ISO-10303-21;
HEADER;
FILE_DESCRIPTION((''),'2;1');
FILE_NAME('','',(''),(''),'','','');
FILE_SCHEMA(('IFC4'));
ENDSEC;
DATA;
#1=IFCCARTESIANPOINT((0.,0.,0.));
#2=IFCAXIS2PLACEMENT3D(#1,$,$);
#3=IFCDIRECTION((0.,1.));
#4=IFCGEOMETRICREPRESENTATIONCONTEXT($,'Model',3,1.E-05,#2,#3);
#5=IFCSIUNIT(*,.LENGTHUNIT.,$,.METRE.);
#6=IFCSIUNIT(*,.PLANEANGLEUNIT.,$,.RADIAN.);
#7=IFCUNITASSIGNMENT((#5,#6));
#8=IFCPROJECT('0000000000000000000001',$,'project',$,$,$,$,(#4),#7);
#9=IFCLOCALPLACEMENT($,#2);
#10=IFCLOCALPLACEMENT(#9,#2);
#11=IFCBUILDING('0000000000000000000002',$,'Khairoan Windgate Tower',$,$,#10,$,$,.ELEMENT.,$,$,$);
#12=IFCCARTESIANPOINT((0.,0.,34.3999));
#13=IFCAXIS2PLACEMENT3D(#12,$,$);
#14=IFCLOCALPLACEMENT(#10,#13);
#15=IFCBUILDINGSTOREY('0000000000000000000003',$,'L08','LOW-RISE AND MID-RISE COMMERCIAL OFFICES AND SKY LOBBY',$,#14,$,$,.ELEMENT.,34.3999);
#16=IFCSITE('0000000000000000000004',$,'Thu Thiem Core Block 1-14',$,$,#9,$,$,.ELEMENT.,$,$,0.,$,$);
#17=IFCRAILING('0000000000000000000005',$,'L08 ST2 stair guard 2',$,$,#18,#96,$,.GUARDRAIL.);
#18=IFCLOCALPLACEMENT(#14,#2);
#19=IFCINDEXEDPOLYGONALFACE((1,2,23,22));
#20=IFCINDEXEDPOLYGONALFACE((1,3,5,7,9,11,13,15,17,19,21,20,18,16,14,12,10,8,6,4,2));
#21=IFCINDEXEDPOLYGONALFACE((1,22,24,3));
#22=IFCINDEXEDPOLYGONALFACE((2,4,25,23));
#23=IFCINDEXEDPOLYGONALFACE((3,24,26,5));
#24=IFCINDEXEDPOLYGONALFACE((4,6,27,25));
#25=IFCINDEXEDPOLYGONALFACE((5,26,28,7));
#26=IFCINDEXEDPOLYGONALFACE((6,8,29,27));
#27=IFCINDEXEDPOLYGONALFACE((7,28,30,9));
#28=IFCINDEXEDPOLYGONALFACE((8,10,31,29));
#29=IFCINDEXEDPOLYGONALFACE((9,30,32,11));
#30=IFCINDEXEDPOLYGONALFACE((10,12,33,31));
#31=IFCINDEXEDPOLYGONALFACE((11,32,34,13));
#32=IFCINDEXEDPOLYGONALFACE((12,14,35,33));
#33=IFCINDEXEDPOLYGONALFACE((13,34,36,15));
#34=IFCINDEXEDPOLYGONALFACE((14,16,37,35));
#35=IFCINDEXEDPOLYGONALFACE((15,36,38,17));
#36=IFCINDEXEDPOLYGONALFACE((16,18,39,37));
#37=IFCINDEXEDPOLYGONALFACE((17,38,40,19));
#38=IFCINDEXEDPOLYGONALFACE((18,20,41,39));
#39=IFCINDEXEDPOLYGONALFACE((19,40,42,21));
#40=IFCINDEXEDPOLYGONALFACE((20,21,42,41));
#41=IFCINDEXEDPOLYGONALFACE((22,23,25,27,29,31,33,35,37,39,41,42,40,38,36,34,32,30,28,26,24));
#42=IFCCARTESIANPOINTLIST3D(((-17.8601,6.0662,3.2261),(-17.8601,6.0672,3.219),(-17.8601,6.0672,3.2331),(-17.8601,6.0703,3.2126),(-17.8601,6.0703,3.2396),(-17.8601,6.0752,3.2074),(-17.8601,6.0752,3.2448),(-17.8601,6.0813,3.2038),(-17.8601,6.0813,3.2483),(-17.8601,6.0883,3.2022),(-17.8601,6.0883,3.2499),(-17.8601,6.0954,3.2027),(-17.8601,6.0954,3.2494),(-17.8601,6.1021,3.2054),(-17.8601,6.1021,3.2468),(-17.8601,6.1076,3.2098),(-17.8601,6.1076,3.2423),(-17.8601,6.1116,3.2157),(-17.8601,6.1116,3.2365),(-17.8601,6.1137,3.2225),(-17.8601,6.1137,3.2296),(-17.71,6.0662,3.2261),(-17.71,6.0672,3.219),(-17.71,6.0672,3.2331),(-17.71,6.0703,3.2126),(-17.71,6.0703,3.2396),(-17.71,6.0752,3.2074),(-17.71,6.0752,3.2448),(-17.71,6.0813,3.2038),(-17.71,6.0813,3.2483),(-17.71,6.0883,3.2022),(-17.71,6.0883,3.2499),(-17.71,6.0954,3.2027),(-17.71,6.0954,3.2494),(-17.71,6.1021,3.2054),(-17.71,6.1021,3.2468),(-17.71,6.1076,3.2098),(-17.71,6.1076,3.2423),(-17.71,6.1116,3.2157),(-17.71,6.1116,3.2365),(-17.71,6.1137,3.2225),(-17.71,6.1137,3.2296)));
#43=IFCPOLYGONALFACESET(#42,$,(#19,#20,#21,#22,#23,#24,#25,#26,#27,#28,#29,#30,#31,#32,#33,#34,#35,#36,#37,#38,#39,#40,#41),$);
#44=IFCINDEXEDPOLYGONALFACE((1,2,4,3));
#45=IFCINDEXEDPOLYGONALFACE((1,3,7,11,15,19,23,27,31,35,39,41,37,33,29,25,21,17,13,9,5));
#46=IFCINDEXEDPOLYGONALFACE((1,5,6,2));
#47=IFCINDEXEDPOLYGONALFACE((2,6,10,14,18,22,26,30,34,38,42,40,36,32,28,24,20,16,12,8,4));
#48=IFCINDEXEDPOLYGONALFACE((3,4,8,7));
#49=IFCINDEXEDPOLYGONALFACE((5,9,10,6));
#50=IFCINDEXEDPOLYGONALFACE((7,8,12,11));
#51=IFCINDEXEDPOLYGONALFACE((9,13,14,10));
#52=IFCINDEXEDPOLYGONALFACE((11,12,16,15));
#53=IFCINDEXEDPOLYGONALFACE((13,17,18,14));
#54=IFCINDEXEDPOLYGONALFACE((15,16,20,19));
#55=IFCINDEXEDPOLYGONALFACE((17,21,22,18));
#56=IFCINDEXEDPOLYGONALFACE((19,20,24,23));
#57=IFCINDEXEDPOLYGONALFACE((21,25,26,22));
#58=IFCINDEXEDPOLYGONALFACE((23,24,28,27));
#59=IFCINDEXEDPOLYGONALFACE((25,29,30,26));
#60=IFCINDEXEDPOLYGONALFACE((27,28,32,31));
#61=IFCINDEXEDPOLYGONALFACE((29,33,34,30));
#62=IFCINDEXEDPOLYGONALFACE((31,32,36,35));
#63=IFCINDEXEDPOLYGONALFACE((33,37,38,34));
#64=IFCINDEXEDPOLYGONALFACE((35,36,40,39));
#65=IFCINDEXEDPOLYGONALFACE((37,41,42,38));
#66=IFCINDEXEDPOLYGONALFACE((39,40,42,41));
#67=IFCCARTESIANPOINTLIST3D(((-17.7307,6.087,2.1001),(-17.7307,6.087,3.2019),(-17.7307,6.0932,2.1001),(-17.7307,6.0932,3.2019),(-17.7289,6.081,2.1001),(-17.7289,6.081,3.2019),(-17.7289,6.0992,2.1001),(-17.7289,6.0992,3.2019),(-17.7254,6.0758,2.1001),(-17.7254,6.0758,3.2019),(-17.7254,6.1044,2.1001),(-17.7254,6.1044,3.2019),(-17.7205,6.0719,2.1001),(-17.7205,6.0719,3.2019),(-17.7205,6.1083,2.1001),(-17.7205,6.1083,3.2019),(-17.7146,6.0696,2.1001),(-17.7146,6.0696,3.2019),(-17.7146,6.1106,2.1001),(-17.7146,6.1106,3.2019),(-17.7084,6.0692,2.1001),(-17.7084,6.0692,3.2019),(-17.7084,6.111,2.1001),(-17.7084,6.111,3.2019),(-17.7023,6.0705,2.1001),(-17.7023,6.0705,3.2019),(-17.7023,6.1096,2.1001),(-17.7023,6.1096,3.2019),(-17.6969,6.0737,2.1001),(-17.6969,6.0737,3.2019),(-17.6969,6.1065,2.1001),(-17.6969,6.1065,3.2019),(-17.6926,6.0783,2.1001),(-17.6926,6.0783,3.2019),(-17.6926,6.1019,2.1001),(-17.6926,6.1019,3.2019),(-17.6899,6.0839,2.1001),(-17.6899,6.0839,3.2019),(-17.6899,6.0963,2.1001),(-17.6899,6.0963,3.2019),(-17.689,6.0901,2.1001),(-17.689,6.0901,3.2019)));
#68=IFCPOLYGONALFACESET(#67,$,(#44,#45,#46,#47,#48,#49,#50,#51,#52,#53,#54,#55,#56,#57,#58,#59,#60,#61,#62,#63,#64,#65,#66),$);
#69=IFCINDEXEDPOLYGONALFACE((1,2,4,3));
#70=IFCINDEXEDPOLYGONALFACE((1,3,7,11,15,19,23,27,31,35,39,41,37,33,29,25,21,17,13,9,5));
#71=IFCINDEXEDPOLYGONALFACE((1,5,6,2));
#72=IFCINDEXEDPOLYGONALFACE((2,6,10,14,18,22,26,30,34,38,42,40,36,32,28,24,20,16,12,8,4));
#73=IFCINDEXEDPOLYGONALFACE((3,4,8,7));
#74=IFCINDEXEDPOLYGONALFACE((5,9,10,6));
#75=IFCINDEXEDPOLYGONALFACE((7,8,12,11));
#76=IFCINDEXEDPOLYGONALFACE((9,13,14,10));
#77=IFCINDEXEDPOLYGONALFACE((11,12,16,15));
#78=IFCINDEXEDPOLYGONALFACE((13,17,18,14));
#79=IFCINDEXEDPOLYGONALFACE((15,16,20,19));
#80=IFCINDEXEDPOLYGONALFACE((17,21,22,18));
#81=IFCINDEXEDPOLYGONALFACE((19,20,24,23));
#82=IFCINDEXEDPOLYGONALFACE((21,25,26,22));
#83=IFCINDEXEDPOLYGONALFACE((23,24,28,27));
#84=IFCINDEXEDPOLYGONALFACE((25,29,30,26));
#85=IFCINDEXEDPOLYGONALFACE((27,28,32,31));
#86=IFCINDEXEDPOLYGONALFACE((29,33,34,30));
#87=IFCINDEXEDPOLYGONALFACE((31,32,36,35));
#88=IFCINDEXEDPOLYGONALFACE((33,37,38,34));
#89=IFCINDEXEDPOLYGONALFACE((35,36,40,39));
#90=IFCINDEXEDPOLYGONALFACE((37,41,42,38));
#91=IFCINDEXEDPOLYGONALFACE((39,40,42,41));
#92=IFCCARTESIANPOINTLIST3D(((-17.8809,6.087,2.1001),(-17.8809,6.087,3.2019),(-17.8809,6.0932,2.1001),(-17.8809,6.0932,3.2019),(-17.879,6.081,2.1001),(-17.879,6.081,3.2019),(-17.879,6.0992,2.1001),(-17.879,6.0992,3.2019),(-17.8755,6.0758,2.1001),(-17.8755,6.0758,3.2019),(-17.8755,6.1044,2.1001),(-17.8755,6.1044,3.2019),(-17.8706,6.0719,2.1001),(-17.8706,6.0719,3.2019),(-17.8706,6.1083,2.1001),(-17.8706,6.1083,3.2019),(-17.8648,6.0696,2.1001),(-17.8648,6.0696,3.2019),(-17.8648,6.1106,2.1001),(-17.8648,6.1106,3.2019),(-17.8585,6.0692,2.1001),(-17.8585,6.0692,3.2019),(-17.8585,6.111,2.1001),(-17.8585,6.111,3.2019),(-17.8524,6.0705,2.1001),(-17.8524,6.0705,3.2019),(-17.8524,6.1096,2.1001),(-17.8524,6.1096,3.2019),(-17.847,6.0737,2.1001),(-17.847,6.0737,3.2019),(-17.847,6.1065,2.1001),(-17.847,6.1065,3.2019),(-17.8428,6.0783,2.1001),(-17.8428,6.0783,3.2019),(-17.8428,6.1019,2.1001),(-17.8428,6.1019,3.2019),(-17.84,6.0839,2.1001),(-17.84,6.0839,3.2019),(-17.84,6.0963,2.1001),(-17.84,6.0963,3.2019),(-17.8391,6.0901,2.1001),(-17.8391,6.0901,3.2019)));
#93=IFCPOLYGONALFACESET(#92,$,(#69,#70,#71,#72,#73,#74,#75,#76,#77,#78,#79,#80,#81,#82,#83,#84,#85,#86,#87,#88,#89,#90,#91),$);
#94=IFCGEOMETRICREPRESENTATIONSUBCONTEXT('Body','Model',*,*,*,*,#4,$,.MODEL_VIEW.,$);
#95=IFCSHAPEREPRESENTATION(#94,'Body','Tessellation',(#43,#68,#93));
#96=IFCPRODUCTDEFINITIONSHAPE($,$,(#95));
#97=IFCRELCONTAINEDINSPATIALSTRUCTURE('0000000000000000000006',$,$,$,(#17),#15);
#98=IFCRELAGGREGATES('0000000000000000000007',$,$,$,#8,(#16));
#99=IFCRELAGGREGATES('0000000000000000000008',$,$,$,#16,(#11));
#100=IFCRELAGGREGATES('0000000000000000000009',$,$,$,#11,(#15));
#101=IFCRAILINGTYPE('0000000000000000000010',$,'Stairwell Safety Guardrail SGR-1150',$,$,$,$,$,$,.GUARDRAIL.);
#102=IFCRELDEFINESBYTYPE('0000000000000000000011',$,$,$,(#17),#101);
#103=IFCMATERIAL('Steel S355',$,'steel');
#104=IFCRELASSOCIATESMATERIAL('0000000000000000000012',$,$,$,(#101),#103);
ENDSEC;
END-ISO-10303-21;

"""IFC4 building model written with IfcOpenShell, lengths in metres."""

from ifc_helpers import new_model, si_unit, direction, frame, origin, origin_2d, place, context, subcontext, project, spatial, circle, extrude, material, type_object, element, save


model = new_model("IFC4")

# Units and contexts
model_context = context("Model", 3, precision=1e-05, world=origin(), true_north=direction((0.0, 1.0)))
body_context = subcontext(model_context, "Body", "Model", "MODEL_VIEW")
ifc_project = project(units=[si_unit("LENGTHUNIT", "METRE"), si_unit("PLANEANGLEUNIT", "RADIAN")], contexts=[model_context])

# Site, building, storey
site_placement = place(None, origin())
site = spatial("IfcSite", under=ifc_project, at=site_placement, Name="Thu Thiem Core Block 1-14", CompositionType="ELEMENT", RefElevation=0.0)
building_placement = place(site_placement, origin())
building = spatial("IfcBuilding", under=site, at=building_placement, Name="Khairoan Windgate Tower", CompositionType="ELEMENT")
storey_placement = place(building_placement, frame((0.0, 0.0, 34.3999)))
storey = spatial("IfcBuildingStorey", under=building, at=storey_placement, Name="L08", Description="LOW-RISE AND MID-RISE COMMERCIAL OFFICES AND SKY LOBBY", CompositionType="ELEMENT", Elevation=34.3999)

# Railing
ifc_material_1 = material(Name="Steel S355", Category="steel")
railing_type_1 = type_object("IfcRailingType", Name="Stairwell Safety Guardrail SGR-1150", PredefinedType="GUARDRAIL", material=ifc_material_1)
railing_1_placement = place(storey_placement, frame((-17.71, 6.0901, 2.1001)))
element("IfcRailing", 1, at=railing_1_placement, inside=storey, type_object=railing_type_1, Name="L08 ST2 stair guard 2", PredefinedType="GUARDRAIL", context=body_context, shape_type="SweptSolid", body=[
    extrude(circle(Radius=0.0239, at=origin_2d()), frame((0.0, 0.0, 1.126), z_axis=(-1.0, 0.0, 0.0), x_axis=(0.0, -1.0, 0.0)), (0.0, 0.0, 1.0), 0.1501),
    extrude(circle(Radius=0.021, at=origin_2d()), origin(), (0.0, 0.0, 1.0), 1.1018),
    extrude(circle(Radius=0.021, at=origin_2d()), frame((-0.1501, 0.0, 0.0)), (0.0, 0.0, 1.0), 1.1018),
])

save(model, "model.ifc")
